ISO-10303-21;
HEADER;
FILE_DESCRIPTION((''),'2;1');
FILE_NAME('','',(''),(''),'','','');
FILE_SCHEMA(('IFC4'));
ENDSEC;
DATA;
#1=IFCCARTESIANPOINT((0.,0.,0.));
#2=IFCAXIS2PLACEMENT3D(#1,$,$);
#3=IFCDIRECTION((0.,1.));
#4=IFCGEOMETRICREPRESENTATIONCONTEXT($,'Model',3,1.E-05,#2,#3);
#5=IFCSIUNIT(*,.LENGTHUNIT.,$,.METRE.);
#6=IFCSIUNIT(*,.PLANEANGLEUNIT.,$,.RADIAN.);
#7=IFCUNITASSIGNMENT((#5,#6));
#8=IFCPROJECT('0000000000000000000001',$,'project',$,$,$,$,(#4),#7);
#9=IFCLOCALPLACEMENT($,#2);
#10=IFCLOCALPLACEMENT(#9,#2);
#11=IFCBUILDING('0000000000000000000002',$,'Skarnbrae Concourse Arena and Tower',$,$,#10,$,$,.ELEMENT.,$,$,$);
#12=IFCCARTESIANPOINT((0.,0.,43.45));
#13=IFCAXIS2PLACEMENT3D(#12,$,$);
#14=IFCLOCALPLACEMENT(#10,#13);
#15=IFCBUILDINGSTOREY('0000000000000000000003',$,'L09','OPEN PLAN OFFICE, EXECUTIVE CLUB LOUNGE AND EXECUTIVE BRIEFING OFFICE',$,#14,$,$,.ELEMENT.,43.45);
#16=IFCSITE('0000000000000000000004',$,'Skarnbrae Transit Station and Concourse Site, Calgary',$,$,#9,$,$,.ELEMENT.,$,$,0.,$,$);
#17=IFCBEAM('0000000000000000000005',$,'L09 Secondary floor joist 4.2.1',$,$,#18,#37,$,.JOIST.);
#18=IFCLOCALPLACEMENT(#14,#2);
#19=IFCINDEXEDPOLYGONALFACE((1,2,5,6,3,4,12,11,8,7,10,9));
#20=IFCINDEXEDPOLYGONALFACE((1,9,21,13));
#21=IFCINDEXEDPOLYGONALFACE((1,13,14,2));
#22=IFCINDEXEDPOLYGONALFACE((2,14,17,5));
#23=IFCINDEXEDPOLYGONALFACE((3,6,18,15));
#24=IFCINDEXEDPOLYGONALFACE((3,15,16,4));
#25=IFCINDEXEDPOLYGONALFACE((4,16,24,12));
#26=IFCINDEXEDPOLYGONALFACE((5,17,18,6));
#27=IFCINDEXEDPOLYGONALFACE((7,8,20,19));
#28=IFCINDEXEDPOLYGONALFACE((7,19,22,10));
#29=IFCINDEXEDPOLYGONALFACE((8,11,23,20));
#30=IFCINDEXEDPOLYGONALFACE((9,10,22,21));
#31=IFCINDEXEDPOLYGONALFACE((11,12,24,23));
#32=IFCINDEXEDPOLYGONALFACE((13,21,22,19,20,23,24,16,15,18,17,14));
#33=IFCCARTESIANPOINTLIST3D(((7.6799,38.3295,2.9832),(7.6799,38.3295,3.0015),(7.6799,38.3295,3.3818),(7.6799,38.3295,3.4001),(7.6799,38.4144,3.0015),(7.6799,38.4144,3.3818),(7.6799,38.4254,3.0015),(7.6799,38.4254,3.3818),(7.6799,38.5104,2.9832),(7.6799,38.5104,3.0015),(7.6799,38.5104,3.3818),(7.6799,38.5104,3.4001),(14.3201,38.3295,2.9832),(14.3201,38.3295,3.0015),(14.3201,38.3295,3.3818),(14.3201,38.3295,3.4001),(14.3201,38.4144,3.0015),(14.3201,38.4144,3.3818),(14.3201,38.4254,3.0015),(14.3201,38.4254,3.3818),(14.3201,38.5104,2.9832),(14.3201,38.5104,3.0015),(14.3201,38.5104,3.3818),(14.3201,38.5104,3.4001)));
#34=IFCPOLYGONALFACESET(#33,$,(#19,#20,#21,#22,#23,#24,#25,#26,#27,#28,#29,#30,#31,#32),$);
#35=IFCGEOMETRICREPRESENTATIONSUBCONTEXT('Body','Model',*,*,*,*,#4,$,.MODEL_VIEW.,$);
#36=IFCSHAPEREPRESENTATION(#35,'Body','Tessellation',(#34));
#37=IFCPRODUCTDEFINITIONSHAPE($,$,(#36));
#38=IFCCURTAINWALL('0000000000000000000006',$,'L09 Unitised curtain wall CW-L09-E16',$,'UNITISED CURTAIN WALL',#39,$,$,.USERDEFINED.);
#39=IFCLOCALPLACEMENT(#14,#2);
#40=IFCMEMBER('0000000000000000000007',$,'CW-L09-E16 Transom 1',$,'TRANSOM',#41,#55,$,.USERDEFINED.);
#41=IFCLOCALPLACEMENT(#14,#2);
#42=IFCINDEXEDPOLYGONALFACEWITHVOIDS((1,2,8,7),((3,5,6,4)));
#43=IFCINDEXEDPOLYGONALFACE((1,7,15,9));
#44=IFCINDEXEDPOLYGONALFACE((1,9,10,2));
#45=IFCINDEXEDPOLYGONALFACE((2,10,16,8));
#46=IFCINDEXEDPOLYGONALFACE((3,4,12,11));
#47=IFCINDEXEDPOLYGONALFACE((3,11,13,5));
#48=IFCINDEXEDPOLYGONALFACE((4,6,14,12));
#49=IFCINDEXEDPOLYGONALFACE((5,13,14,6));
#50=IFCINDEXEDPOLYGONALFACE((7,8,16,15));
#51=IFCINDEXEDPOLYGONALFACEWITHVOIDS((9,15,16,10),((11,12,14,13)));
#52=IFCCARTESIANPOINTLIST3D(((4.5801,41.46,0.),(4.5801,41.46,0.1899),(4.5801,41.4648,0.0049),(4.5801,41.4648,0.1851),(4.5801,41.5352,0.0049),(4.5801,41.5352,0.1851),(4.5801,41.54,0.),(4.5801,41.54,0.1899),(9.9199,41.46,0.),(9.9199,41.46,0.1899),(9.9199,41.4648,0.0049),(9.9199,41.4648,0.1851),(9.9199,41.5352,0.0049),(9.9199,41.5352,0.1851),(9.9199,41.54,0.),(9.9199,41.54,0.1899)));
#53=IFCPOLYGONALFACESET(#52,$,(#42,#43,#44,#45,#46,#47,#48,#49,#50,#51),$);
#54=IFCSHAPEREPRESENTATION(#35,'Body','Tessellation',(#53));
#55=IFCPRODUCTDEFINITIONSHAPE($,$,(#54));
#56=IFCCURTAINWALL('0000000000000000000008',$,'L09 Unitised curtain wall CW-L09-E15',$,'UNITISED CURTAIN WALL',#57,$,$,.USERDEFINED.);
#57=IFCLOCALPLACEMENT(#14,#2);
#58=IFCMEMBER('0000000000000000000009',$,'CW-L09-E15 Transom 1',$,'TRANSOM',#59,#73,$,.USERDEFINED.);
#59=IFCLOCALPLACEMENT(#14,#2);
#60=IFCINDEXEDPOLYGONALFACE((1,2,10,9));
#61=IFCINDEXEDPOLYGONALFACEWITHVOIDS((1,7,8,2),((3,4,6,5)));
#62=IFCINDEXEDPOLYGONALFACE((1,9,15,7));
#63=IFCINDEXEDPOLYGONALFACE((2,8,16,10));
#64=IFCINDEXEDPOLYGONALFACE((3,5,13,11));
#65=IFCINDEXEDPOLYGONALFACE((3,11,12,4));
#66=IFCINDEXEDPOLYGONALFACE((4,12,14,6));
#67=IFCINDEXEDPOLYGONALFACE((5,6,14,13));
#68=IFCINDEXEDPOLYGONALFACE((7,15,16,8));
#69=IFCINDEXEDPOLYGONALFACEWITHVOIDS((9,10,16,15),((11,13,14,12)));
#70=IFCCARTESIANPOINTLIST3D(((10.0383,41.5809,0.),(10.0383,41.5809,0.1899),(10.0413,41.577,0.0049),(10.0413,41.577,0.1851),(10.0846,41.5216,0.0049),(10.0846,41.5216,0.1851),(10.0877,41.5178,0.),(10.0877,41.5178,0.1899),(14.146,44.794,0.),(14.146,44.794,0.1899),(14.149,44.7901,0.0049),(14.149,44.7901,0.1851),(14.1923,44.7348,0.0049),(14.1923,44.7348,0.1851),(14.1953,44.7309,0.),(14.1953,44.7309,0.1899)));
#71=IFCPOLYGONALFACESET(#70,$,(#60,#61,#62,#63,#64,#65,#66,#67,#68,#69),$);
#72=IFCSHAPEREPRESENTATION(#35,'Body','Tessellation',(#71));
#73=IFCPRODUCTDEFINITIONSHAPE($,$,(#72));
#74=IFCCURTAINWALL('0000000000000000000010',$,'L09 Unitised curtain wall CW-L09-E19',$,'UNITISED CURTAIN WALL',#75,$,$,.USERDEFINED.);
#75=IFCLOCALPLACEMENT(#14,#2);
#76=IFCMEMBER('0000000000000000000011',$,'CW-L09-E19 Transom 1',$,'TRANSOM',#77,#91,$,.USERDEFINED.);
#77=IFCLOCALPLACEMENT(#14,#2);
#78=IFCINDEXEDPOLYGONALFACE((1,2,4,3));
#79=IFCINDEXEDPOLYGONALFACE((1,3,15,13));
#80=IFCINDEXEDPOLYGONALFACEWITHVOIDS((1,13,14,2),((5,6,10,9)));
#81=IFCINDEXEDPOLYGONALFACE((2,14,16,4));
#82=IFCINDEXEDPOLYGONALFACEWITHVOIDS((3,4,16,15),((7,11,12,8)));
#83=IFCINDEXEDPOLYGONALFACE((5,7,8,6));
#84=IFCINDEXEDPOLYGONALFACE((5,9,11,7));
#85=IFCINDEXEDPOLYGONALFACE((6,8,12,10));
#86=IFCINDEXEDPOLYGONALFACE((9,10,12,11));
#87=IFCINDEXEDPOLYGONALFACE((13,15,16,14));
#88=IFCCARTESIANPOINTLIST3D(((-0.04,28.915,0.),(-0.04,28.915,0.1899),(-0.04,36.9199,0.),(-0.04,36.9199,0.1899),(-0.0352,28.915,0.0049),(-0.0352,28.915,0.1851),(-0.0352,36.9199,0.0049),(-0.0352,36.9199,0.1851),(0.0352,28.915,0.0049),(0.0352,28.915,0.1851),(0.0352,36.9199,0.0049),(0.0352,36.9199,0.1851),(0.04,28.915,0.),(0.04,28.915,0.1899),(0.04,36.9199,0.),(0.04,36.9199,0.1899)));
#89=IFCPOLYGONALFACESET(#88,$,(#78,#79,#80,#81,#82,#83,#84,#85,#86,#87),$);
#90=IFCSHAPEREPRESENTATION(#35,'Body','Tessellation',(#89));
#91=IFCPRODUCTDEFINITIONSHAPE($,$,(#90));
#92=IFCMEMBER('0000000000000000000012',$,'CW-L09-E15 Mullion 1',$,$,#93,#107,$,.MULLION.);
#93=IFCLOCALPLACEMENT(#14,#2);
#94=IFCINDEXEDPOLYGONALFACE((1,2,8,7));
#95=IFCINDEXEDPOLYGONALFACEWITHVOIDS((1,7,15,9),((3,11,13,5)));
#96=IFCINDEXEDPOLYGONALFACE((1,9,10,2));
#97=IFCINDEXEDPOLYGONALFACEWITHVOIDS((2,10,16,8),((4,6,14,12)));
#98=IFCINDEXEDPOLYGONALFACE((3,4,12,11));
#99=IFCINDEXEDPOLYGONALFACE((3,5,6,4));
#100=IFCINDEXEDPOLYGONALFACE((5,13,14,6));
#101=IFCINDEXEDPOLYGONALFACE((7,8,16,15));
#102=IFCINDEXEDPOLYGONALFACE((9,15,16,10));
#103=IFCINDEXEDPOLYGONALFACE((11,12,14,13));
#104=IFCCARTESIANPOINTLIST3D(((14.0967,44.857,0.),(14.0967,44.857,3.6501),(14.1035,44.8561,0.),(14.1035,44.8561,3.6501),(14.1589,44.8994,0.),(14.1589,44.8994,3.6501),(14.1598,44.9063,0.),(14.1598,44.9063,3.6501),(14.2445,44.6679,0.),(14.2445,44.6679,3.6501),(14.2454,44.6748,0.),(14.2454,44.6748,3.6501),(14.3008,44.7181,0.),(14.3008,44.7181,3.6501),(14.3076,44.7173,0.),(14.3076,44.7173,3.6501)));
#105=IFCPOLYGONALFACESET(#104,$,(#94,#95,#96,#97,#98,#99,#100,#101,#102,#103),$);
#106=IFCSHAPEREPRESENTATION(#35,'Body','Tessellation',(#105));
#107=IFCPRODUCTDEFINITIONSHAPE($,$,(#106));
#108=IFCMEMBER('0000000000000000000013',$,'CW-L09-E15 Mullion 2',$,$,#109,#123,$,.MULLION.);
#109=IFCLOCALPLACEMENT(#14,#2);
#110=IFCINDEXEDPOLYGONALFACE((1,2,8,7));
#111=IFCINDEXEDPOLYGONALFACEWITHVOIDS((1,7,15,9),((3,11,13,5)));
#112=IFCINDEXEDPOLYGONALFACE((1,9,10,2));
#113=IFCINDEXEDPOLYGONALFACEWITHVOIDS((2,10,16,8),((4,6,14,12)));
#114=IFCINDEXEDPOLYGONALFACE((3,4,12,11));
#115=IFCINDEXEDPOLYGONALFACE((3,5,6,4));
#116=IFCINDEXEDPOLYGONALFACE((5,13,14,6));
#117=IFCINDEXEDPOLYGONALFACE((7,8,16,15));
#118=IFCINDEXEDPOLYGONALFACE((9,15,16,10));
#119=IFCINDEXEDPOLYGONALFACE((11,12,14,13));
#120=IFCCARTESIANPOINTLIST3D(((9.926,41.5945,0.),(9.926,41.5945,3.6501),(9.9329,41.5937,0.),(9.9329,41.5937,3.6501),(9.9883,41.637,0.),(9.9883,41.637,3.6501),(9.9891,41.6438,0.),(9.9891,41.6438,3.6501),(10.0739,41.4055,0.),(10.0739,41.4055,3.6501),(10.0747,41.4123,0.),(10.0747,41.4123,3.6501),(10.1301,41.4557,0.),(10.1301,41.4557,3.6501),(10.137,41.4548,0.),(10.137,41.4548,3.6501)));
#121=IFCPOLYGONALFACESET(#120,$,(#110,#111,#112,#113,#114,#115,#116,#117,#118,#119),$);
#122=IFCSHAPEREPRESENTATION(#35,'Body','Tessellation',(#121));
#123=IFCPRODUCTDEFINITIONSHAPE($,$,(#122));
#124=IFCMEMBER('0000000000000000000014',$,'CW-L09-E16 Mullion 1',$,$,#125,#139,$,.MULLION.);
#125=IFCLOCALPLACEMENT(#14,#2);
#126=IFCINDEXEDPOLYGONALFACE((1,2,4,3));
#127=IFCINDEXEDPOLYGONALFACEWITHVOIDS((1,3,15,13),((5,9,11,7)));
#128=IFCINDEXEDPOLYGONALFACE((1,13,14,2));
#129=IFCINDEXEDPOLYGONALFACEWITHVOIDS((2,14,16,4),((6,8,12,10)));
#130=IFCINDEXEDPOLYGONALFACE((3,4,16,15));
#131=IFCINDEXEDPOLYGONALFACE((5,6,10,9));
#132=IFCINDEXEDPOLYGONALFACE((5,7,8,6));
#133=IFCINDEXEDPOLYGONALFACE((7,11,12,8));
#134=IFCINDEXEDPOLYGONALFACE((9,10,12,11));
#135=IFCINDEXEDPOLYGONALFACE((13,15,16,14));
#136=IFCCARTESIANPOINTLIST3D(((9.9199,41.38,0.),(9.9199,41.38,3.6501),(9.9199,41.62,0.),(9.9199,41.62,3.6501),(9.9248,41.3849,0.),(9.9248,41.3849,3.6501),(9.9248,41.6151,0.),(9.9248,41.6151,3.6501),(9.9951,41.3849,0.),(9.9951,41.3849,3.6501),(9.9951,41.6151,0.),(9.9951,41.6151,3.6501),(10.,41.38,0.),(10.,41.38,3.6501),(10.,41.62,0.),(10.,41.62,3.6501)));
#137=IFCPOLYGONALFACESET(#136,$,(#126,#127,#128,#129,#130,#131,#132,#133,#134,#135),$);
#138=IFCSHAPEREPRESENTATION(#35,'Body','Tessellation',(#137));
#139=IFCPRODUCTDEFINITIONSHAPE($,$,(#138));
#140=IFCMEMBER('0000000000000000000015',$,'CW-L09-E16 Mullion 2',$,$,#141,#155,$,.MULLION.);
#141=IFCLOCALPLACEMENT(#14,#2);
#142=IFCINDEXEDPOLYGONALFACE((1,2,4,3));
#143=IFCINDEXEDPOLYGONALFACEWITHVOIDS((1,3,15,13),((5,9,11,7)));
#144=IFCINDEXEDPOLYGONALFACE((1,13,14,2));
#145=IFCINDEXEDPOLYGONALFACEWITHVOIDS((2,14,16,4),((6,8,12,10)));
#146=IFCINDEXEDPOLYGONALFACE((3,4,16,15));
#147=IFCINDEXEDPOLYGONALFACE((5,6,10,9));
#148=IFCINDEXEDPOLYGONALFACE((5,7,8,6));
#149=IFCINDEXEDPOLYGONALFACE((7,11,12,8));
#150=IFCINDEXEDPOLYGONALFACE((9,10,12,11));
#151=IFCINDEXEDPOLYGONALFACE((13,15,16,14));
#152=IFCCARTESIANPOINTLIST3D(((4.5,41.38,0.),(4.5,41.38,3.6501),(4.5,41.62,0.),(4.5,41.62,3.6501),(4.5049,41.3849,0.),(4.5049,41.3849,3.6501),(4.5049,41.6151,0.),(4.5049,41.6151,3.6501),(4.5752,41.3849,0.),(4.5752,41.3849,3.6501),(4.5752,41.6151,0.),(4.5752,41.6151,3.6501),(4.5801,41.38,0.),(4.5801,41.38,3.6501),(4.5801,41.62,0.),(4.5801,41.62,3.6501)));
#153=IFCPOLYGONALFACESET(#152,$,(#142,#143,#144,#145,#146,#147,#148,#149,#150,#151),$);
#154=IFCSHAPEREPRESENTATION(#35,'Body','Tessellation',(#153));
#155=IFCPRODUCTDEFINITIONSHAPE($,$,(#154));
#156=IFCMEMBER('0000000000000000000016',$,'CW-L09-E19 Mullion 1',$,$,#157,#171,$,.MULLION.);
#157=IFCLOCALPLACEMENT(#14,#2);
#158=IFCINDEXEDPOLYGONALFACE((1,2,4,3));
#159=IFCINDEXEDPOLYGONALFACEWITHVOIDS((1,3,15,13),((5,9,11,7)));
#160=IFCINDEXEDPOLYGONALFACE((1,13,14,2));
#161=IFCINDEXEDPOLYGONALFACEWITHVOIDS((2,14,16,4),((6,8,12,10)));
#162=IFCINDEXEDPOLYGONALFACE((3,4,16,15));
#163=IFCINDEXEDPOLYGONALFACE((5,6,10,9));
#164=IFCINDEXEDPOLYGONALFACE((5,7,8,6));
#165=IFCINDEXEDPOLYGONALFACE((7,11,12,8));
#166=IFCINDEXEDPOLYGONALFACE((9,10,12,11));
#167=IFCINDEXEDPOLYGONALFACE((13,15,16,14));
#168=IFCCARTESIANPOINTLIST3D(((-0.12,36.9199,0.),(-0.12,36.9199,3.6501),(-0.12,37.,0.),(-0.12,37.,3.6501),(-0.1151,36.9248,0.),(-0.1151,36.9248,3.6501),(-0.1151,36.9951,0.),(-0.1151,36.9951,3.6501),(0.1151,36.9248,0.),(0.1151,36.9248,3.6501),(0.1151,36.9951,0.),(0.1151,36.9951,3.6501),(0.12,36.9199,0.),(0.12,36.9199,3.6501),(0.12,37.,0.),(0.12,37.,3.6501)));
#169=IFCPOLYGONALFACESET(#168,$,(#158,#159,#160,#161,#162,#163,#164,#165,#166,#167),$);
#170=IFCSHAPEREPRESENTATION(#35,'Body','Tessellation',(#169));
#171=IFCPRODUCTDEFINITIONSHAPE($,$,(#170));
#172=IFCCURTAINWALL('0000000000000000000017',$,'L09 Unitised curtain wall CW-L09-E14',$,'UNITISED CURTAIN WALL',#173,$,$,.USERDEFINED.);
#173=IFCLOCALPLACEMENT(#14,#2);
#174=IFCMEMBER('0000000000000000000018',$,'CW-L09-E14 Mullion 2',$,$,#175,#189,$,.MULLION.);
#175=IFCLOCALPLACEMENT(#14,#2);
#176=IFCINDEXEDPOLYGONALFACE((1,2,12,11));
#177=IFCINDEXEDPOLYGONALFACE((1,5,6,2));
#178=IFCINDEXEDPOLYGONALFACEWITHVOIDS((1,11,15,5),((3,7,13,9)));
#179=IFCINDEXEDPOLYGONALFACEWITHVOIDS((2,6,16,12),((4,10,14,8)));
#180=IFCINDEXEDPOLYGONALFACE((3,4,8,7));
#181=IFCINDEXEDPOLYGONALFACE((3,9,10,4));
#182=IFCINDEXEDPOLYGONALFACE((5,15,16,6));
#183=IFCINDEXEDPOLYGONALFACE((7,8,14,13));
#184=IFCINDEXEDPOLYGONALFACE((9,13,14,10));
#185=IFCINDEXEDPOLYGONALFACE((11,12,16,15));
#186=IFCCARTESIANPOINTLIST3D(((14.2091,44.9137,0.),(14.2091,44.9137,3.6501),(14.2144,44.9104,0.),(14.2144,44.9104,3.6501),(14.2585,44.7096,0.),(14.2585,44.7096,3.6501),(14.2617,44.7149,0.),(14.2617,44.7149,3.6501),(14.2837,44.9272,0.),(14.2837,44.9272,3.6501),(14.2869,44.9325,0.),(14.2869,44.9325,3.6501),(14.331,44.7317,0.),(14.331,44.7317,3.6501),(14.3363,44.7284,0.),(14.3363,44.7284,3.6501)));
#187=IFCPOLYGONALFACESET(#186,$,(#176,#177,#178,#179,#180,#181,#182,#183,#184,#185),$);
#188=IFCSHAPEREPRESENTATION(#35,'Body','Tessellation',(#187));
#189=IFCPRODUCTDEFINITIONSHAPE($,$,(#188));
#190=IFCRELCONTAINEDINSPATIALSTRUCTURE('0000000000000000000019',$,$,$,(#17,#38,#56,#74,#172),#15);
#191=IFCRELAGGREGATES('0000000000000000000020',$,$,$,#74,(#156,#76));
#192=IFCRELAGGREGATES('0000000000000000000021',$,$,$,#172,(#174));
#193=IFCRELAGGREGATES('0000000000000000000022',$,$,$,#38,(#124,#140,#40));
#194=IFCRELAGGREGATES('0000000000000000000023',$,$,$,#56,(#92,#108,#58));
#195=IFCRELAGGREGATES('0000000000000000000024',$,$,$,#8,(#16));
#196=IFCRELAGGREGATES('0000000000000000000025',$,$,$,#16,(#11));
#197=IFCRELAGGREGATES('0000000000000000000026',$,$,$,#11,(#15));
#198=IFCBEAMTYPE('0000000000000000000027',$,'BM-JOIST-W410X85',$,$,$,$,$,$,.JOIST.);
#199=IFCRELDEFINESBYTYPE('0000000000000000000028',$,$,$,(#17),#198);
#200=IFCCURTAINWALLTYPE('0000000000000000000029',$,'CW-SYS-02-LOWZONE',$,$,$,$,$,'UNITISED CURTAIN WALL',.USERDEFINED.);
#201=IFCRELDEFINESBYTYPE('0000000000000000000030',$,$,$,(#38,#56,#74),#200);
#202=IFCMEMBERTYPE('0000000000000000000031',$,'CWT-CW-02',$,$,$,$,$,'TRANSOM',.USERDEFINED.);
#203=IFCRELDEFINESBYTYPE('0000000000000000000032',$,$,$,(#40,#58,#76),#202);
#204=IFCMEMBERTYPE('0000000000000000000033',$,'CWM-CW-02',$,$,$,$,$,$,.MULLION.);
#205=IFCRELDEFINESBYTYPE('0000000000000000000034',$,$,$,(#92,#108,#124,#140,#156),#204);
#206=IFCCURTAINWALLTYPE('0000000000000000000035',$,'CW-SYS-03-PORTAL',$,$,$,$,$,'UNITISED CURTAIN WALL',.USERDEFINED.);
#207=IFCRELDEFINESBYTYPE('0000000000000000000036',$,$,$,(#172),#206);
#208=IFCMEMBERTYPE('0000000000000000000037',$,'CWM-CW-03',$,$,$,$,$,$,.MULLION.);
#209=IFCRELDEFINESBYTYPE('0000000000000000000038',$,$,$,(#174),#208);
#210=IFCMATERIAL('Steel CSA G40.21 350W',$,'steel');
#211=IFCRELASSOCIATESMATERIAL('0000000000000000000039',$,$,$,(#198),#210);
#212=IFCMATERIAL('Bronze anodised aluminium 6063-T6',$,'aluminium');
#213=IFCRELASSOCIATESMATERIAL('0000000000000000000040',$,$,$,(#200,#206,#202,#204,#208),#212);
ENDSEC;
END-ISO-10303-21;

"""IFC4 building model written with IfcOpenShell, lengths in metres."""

from ifc_helpers import new_model, si_unit, direction, frame, origin, origin_2d, place, context, subcontext, project, spatial, hollow_rectangle, i_section, extrude, source, transform, mapped, material, material_profile, profile_set, type_object, element, aggregate, save


model = new_model("IFC4")

# Units and contexts
model_context = context("Model", 3, precision=1e-05, world=origin(), true_north=direction((0.0, 1.0)))
body_context = subcontext(model_context, "Body", "Model", "MODEL_VIEW")
ifc_project = project(units=[si_unit("LENGTHUNIT", "METRE"), si_unit("PLANEANGLEUNIT", "RADIAN")], contexts=[model_context])

# Site, building, storey
site_placement = place(None, origin())
site = spatial("IfcSite", under=ifc_project, at=site_placement, Name="Skarnbrae Transit Station and Concourse Site, Calgary", CompositionType="ELEMENT", RefElevation=0.0)
building_placement = place(site_placement, origin())
building = spatial("IfcBuilding", under=site, at=building_placement, Name="Skarnbrae Concourse Arena and Tower", CompositionType="ELEMENT")
storey_placement = place(building_placement, frame((0.0, 0.0, 43.45)))
storey = spatial("IfcBuildingStorey", under=building, at=storey_placement, Name="L09", Description="OPEN PLAN OFFICE, EXECUTIVE CLUB LOUNGE AND EXECUTIVE BRIEFING OFFICE", CompositionType="ELEMENT", Elevation=43.45)

# Shared definitions
ifc_material_1 = material(Name="Steel CSA G40.21 350W", Category="steel")

# Beam
ifc_material_profile_1 = material_profile(ifc_material_1, i_section(OverallWidth=0.1809, OverallDepth=0.417, WebThickness=0.011, FlangeThickness=0.0183, at=origin_2d()), Name="W410X85")
ifc_profile_set_1 = profile_set([ifc_material_profile_1], Name="Steel CSA G40.21 350W")
beam_type_1 = type_object("IfcBeamType", Name="BM-JOIST-W410X85", PredefinedType="JOIST", material=ifc_profile_set_1)
shared_shape_1 = source(origin(), body_context, "Body", "SweptSolid", [
    extrude(i_section(OverallWidth=0.1809, OverallDepth=0.417, WebThickness=0.011, FlangeThickness=0.0183, at=origin_2d()), origin(), (0.0, 0.0, 1.0), 6.6401),
])
for number, where, z_axis, x_axis, name in (
    (1, (7.6799, 38.4199, 3.1917), (1.0, 0.0, 0.0), (0.0, 1.0, 0.0), "L09 Secondary floor joist 4.2.1"),
):
    element("IfcBeam", number, at=place(storey_placement, frame(where, z_axis=z_axis, x_axis=x_axis)), inside=storey, type_object=beam_type_1, Name=name, PredefinedType="JOIST", context=body_context, shape_type="MappedRepresentation", body=[
        mapped(shared_shape_1, transform((0.0, 0.0, 0.0))),
    ])

# Curtain walls, members
ifc_material_2 = material(Name="Bronze anodised aluminium 6063-T6", Category="aluminium")
curtain_wall_type_1 = type_object("IfcCurtainWallType", Name="CW-SYS-02-LOWZONE", ElementType="UNITISED CURTAIN WALL", PredefinedType="USERDEFINED", material=ifc_material_2)
curtain_wall_1_placement = place(storey_placement, origin())
curtain_wall_1 = element("IfcCurtainWall", 2, at=curtain_wall_1_placement, inside=storey, type_object=curtain_wall_type_1, Name="L09 Unitised curtain wall CW-L09-E16", ObjectType="UNITISED CURTAIN WALL", PredefinedType="USERDEFINED")
ifc_material_profile_2 = material_profile(ifc_material_2, hollow_rectangle(XDim=0.0801, YDim=0.1899, WallThickness=0.0049, at=origin_2d()), Name="ALU-TRAN-80X190")
ifc_profile_set_2 = profile_set([ifc_material_profile_2], Name="Bronze anodised aluminium 6063-T6")
member_type_1 = type_object("IfcMemberType", Name="CWT-CW-02", ElementType="TRANSOM", PredefinedType="USERDEFINED", material=ifc_profile_set_2)
shared_shape_2 = source(origin(), body_context, "Body", "SweptSolid", [
    extrude(hollow_rectangle(XDim=0.0801, YDim=0.1899, WallThickness=0.0049, at=origin_2d()), origin(), (0.0, 0.0, 1.0), 5.3398),
])
member_1_placement = place(storey_placement, frame((9.9199, 41.5, 0.095), z_axis=(-1.0, 0.0, 0.0), x_axis=(0.0, -1.0, 0.0)))
member_1 = element("IfcMember", 3, at=member_1_placement, type_object=member_type_1, Name="CW-L09-E16 Transom 1", ObjectType="TRANSOM", PredefinedType="USERDEFINED", context=body_context, shape_type="MappedRepresentation", body=[
    mapped(shared_shape_2, transform((0.0, 0.0, 0.0))),
])
curtain_wall_2_placement = place(storey_placement, origin())
curtain_wall_2 = element("IfcCurtainWall", 4, at=curtain_wall_2_placement, inside=storey, type_object=curtain_wall_type_1, Name="L09 Unitised curtain wall CW-L09-E15", ObjectType="UNITISED CURTAIN WALL", PredefinedType="USERDEFINED")
shared_shape_3 = source(origin(), body_context, "Body", "SweptSolid", [
    extrude(hollow_rectangle(XDim=0.0801, YDim=0.1899, WallThickness=0.0049, at=origin_2d()), origin(), (0.0, 0.0, 1.0), 5.2151),
])
member_2_placement = place(storey_placement, frame((14.1707, 44.7625, 0.095), z_axis=(-0.78765, -0.616123, 0.0), x_axis=(0.616123, -0.78765, 0.0)))
member_2 = element("IfcMember", 5, at=member_2_placement, type_object=member_type_1, Name="CW-L09-E15 Transom 1", ObjectType="TRANSOM", PredefinedType="USERDEFINED", context=body_context, shape_type="MappedRepresentation", body=[
    mapped(shared_shape_3, transform((0.0, 0.0, 0.0))),
])
curtain_wall_3_placement = place(storey_placement, origin())
curtain_wall_3 = element("IfcCurtainWall", 6, at=curtain_wall_3_placement, inside=storey, type_object=curtain_wall_type_1, Name="L09 Unitised curtain wall CW-L09-E19", ObjectType="UNITISED CURTAIN WALL", PredefinedType="USERDEFINED")
shared_shape_4 = source(origin(), body_context, "Body", "SweptSolid", [
    extrude(hollow_rectangle(XDim=0.0801, YDim=0.1899, WallThickness=0.0049, at=origin_2d()), origin(), (0.0, 0.0, 1.0), 8.0049),
])
member_3_placement = place(storey_placement, frame((0.0, 36.9199, 0.095), z_axis=(0.0, -1.0, 0.0), x_axis=(1.0, 0.0, 0.0)))
member_3 = element("IfcMember", 7, at=member_3_placement, type_object=member_type_1, Name="CW-L09-E19 Transom 1", ObjectType="TRANSOM", PredefinedType="USERDEFINED", context=body_context, shape_type="MappedRepresentation", body=[
    mapped(shared_shape_4, transform((0.0, 0.0, 0.0))),
])

# Members
ifc_material_profile_3 = material_profile(ifc_material_2, hollow_rectangle(XDim=0.0801, YDim=0.24, WallThickness=0.0049, at=origin_2d()), Name="ALU-MULL-80X240")
ifc_profile_set_3 = profile_set([ifc_material_profile_3], Name="Bronze anodised aluminium 6063-T6")
member_type_2 = type_object("IfcMemberType", Name="CWM-CW-02", PredefinedType="MULLION", material=ifc_profile_set_3)
shared_shape_5 = source(origin(), body_context, "Body", "SweptSolid", [
    extrude(hollow_rectangle(XDim=0.0801, YDim=0.24, WallThickness=0.0049, at=origin_2d()), origin(), (0.0, 0.0, 1.0), 3.6501),
])
member_4_placement = place(storey_placement, frame((14.2021, 44.7871, 0.0), z_axis=(0.0, 0.0, 1.0), x_axis=(-0.787652, -0.616121, 0.0)))
member_4 = element("IfcMember", 8, at=member_4_placement, type_object=member_type_2, Name="CW-L09-E15 Mullion 1", PredefinedType="MULLION", context=body_context, shape_type="MappedRepresentation", body=[
    mapped(shared_shape_5, transform((0.0, 0.0, 0.0))),
])
member_5_placement = place(storey_placement, frame((10.0315, 41.5247, 0.0), z_axis=(0.0, 0.0, 1.0), x_axis=(-0.787652, -0.616121, 0.0)))
member_5 = element("IfcMember", 9, at=member_5_placement, type_object=member_type_2, Name="CW-L09-E15 Mullion 2", PredefinedType="MULLION", context=body_context, shape_type="MappedRepresentation", body=[
    mapped(shared_shape_5, transform((0.0, 0.0, 0.0))),
])
member_6_placement = place(storey_placement, frame((9.96, 41.5, 0.0), z_axis=(0.0, 0.0, 1.0), x_axis=(-1.0, 0.0, 0.0)))
member_6 = element("IfcMember", 10, at=member_6_placement, type_object=member_type_2, Name="CW-L09-E16 Mullion 1", PredefinedType="MULLION", context=body_context, shape_type="MappedRepresentation", body=[
    mapped(shared_shape_5, transform((0.0, 0.0, 0.0))),
])
member_7_placement = place(storey_placement, frame((4.54, 41.5, 0.0), z_axis=(0.0, 0.0, 1.0), x_axis=(-1.0, 0.0, 0.0)))
member_7 = element("IfcMember", 11, at=member_7_placement, type_object=member_type_2, Name="CW-L09-E16 Mullion 2", PredefinedType="MULLION", context=body_context, shape_type="MappedRepresentation", body=[
    mapped(shared_shape_5, transform((0.0, 0.0, 0.0))),
])
member_8_placement = place(storey_placement, frame((0.0, 36.96, 0.0), z_axis=(0.0, 0.0, 1.0), x_axis=(0.0, -1.0, 0.0)))
member_8 = element("IfcMember", 12, at=member_8_placement, type_object=member_type_2, Name="CW-L09-E19 Mullion 1", PredefinedType="MULLION", context=body_context, shape_type="MappedRepresentation", body=[
    mapped(shared_shape_5, transform((0.0, 0.0, 0.0))),
])
aggregate(curtain_wall_3, [member_8, member_3])

# Curtain wall, member
curtain_wall_type_2 = type_object("IfcCurtainWallType", Name="CW-SYS-03-PORTAL", ElementType="UNITISED CURTAIN WALL", PredefinedType="USERDEFINED", material=ifc_material_2)
curtain_wall_4_placement = place(storey_placement, origin())
curtain_wall_4 = element("IfcCurtainWall", 13, at=curtain_wall_4_placement, inside=storey, type_object=curtain_wall_type_2, Name="L09 Unitised curtain wall CW-L09-E14", ObjectType="UNITISED CURTAIN WALL", PredefinedType="USERDEFINED")
ifc_material_profile_4 = material_profile(ifc_material_2, hollow_rectangle(XDim=0.0801, YDim=0.21, WallThickness=0.0044, at=origin_2d()), Name="ALU-MULL-80X210")
ifc_profile_set_4 = profile_set([ifc_material_profile_4], Name="Bronze anodised aluminium 6063-T6")
member_type_3 = type_object("IfcMemberType", Name="CWM-CW-03", PredefinedType="MULLION", material=ifc_profile_set_4)
shared_shape_6 = source(origin(), body_context, "Body", "SweptSolid", [
    extrude(hollow_rectangle(XDim=0.0801, YDim=0.21, WallThickness=0.0044, at=origin_2d()), origin(), (0.0, 0.0, 1.0), 3.6501),
])
member_9_placement = place(storey_placement, frame((14.2727, 44.821, 0.0), z_axis=(0.0, 0.0, 1.0), x_axis=(-0.971974, -0.23509, 0.0)))
member_9 = element("IfcMember", 14, at=member_9_placement, type_object=member_type_3, Name="CW-L09-E14 Mullion 2", PredefinedType="MULLION", context=body_context, shape_type="MappedRepresentation", body=[
    mapped(shared_shape_6, transform((0.0, 0.0, 0.0))),
])
aggregate(curtain_wall_4, [member_9])

aggregate(curtain_wall_1, [member_6, member_7, member_1])
aggregate(curtain_wall_2, [member_4, member_5, member_2])

save(model, "model.ifc")
